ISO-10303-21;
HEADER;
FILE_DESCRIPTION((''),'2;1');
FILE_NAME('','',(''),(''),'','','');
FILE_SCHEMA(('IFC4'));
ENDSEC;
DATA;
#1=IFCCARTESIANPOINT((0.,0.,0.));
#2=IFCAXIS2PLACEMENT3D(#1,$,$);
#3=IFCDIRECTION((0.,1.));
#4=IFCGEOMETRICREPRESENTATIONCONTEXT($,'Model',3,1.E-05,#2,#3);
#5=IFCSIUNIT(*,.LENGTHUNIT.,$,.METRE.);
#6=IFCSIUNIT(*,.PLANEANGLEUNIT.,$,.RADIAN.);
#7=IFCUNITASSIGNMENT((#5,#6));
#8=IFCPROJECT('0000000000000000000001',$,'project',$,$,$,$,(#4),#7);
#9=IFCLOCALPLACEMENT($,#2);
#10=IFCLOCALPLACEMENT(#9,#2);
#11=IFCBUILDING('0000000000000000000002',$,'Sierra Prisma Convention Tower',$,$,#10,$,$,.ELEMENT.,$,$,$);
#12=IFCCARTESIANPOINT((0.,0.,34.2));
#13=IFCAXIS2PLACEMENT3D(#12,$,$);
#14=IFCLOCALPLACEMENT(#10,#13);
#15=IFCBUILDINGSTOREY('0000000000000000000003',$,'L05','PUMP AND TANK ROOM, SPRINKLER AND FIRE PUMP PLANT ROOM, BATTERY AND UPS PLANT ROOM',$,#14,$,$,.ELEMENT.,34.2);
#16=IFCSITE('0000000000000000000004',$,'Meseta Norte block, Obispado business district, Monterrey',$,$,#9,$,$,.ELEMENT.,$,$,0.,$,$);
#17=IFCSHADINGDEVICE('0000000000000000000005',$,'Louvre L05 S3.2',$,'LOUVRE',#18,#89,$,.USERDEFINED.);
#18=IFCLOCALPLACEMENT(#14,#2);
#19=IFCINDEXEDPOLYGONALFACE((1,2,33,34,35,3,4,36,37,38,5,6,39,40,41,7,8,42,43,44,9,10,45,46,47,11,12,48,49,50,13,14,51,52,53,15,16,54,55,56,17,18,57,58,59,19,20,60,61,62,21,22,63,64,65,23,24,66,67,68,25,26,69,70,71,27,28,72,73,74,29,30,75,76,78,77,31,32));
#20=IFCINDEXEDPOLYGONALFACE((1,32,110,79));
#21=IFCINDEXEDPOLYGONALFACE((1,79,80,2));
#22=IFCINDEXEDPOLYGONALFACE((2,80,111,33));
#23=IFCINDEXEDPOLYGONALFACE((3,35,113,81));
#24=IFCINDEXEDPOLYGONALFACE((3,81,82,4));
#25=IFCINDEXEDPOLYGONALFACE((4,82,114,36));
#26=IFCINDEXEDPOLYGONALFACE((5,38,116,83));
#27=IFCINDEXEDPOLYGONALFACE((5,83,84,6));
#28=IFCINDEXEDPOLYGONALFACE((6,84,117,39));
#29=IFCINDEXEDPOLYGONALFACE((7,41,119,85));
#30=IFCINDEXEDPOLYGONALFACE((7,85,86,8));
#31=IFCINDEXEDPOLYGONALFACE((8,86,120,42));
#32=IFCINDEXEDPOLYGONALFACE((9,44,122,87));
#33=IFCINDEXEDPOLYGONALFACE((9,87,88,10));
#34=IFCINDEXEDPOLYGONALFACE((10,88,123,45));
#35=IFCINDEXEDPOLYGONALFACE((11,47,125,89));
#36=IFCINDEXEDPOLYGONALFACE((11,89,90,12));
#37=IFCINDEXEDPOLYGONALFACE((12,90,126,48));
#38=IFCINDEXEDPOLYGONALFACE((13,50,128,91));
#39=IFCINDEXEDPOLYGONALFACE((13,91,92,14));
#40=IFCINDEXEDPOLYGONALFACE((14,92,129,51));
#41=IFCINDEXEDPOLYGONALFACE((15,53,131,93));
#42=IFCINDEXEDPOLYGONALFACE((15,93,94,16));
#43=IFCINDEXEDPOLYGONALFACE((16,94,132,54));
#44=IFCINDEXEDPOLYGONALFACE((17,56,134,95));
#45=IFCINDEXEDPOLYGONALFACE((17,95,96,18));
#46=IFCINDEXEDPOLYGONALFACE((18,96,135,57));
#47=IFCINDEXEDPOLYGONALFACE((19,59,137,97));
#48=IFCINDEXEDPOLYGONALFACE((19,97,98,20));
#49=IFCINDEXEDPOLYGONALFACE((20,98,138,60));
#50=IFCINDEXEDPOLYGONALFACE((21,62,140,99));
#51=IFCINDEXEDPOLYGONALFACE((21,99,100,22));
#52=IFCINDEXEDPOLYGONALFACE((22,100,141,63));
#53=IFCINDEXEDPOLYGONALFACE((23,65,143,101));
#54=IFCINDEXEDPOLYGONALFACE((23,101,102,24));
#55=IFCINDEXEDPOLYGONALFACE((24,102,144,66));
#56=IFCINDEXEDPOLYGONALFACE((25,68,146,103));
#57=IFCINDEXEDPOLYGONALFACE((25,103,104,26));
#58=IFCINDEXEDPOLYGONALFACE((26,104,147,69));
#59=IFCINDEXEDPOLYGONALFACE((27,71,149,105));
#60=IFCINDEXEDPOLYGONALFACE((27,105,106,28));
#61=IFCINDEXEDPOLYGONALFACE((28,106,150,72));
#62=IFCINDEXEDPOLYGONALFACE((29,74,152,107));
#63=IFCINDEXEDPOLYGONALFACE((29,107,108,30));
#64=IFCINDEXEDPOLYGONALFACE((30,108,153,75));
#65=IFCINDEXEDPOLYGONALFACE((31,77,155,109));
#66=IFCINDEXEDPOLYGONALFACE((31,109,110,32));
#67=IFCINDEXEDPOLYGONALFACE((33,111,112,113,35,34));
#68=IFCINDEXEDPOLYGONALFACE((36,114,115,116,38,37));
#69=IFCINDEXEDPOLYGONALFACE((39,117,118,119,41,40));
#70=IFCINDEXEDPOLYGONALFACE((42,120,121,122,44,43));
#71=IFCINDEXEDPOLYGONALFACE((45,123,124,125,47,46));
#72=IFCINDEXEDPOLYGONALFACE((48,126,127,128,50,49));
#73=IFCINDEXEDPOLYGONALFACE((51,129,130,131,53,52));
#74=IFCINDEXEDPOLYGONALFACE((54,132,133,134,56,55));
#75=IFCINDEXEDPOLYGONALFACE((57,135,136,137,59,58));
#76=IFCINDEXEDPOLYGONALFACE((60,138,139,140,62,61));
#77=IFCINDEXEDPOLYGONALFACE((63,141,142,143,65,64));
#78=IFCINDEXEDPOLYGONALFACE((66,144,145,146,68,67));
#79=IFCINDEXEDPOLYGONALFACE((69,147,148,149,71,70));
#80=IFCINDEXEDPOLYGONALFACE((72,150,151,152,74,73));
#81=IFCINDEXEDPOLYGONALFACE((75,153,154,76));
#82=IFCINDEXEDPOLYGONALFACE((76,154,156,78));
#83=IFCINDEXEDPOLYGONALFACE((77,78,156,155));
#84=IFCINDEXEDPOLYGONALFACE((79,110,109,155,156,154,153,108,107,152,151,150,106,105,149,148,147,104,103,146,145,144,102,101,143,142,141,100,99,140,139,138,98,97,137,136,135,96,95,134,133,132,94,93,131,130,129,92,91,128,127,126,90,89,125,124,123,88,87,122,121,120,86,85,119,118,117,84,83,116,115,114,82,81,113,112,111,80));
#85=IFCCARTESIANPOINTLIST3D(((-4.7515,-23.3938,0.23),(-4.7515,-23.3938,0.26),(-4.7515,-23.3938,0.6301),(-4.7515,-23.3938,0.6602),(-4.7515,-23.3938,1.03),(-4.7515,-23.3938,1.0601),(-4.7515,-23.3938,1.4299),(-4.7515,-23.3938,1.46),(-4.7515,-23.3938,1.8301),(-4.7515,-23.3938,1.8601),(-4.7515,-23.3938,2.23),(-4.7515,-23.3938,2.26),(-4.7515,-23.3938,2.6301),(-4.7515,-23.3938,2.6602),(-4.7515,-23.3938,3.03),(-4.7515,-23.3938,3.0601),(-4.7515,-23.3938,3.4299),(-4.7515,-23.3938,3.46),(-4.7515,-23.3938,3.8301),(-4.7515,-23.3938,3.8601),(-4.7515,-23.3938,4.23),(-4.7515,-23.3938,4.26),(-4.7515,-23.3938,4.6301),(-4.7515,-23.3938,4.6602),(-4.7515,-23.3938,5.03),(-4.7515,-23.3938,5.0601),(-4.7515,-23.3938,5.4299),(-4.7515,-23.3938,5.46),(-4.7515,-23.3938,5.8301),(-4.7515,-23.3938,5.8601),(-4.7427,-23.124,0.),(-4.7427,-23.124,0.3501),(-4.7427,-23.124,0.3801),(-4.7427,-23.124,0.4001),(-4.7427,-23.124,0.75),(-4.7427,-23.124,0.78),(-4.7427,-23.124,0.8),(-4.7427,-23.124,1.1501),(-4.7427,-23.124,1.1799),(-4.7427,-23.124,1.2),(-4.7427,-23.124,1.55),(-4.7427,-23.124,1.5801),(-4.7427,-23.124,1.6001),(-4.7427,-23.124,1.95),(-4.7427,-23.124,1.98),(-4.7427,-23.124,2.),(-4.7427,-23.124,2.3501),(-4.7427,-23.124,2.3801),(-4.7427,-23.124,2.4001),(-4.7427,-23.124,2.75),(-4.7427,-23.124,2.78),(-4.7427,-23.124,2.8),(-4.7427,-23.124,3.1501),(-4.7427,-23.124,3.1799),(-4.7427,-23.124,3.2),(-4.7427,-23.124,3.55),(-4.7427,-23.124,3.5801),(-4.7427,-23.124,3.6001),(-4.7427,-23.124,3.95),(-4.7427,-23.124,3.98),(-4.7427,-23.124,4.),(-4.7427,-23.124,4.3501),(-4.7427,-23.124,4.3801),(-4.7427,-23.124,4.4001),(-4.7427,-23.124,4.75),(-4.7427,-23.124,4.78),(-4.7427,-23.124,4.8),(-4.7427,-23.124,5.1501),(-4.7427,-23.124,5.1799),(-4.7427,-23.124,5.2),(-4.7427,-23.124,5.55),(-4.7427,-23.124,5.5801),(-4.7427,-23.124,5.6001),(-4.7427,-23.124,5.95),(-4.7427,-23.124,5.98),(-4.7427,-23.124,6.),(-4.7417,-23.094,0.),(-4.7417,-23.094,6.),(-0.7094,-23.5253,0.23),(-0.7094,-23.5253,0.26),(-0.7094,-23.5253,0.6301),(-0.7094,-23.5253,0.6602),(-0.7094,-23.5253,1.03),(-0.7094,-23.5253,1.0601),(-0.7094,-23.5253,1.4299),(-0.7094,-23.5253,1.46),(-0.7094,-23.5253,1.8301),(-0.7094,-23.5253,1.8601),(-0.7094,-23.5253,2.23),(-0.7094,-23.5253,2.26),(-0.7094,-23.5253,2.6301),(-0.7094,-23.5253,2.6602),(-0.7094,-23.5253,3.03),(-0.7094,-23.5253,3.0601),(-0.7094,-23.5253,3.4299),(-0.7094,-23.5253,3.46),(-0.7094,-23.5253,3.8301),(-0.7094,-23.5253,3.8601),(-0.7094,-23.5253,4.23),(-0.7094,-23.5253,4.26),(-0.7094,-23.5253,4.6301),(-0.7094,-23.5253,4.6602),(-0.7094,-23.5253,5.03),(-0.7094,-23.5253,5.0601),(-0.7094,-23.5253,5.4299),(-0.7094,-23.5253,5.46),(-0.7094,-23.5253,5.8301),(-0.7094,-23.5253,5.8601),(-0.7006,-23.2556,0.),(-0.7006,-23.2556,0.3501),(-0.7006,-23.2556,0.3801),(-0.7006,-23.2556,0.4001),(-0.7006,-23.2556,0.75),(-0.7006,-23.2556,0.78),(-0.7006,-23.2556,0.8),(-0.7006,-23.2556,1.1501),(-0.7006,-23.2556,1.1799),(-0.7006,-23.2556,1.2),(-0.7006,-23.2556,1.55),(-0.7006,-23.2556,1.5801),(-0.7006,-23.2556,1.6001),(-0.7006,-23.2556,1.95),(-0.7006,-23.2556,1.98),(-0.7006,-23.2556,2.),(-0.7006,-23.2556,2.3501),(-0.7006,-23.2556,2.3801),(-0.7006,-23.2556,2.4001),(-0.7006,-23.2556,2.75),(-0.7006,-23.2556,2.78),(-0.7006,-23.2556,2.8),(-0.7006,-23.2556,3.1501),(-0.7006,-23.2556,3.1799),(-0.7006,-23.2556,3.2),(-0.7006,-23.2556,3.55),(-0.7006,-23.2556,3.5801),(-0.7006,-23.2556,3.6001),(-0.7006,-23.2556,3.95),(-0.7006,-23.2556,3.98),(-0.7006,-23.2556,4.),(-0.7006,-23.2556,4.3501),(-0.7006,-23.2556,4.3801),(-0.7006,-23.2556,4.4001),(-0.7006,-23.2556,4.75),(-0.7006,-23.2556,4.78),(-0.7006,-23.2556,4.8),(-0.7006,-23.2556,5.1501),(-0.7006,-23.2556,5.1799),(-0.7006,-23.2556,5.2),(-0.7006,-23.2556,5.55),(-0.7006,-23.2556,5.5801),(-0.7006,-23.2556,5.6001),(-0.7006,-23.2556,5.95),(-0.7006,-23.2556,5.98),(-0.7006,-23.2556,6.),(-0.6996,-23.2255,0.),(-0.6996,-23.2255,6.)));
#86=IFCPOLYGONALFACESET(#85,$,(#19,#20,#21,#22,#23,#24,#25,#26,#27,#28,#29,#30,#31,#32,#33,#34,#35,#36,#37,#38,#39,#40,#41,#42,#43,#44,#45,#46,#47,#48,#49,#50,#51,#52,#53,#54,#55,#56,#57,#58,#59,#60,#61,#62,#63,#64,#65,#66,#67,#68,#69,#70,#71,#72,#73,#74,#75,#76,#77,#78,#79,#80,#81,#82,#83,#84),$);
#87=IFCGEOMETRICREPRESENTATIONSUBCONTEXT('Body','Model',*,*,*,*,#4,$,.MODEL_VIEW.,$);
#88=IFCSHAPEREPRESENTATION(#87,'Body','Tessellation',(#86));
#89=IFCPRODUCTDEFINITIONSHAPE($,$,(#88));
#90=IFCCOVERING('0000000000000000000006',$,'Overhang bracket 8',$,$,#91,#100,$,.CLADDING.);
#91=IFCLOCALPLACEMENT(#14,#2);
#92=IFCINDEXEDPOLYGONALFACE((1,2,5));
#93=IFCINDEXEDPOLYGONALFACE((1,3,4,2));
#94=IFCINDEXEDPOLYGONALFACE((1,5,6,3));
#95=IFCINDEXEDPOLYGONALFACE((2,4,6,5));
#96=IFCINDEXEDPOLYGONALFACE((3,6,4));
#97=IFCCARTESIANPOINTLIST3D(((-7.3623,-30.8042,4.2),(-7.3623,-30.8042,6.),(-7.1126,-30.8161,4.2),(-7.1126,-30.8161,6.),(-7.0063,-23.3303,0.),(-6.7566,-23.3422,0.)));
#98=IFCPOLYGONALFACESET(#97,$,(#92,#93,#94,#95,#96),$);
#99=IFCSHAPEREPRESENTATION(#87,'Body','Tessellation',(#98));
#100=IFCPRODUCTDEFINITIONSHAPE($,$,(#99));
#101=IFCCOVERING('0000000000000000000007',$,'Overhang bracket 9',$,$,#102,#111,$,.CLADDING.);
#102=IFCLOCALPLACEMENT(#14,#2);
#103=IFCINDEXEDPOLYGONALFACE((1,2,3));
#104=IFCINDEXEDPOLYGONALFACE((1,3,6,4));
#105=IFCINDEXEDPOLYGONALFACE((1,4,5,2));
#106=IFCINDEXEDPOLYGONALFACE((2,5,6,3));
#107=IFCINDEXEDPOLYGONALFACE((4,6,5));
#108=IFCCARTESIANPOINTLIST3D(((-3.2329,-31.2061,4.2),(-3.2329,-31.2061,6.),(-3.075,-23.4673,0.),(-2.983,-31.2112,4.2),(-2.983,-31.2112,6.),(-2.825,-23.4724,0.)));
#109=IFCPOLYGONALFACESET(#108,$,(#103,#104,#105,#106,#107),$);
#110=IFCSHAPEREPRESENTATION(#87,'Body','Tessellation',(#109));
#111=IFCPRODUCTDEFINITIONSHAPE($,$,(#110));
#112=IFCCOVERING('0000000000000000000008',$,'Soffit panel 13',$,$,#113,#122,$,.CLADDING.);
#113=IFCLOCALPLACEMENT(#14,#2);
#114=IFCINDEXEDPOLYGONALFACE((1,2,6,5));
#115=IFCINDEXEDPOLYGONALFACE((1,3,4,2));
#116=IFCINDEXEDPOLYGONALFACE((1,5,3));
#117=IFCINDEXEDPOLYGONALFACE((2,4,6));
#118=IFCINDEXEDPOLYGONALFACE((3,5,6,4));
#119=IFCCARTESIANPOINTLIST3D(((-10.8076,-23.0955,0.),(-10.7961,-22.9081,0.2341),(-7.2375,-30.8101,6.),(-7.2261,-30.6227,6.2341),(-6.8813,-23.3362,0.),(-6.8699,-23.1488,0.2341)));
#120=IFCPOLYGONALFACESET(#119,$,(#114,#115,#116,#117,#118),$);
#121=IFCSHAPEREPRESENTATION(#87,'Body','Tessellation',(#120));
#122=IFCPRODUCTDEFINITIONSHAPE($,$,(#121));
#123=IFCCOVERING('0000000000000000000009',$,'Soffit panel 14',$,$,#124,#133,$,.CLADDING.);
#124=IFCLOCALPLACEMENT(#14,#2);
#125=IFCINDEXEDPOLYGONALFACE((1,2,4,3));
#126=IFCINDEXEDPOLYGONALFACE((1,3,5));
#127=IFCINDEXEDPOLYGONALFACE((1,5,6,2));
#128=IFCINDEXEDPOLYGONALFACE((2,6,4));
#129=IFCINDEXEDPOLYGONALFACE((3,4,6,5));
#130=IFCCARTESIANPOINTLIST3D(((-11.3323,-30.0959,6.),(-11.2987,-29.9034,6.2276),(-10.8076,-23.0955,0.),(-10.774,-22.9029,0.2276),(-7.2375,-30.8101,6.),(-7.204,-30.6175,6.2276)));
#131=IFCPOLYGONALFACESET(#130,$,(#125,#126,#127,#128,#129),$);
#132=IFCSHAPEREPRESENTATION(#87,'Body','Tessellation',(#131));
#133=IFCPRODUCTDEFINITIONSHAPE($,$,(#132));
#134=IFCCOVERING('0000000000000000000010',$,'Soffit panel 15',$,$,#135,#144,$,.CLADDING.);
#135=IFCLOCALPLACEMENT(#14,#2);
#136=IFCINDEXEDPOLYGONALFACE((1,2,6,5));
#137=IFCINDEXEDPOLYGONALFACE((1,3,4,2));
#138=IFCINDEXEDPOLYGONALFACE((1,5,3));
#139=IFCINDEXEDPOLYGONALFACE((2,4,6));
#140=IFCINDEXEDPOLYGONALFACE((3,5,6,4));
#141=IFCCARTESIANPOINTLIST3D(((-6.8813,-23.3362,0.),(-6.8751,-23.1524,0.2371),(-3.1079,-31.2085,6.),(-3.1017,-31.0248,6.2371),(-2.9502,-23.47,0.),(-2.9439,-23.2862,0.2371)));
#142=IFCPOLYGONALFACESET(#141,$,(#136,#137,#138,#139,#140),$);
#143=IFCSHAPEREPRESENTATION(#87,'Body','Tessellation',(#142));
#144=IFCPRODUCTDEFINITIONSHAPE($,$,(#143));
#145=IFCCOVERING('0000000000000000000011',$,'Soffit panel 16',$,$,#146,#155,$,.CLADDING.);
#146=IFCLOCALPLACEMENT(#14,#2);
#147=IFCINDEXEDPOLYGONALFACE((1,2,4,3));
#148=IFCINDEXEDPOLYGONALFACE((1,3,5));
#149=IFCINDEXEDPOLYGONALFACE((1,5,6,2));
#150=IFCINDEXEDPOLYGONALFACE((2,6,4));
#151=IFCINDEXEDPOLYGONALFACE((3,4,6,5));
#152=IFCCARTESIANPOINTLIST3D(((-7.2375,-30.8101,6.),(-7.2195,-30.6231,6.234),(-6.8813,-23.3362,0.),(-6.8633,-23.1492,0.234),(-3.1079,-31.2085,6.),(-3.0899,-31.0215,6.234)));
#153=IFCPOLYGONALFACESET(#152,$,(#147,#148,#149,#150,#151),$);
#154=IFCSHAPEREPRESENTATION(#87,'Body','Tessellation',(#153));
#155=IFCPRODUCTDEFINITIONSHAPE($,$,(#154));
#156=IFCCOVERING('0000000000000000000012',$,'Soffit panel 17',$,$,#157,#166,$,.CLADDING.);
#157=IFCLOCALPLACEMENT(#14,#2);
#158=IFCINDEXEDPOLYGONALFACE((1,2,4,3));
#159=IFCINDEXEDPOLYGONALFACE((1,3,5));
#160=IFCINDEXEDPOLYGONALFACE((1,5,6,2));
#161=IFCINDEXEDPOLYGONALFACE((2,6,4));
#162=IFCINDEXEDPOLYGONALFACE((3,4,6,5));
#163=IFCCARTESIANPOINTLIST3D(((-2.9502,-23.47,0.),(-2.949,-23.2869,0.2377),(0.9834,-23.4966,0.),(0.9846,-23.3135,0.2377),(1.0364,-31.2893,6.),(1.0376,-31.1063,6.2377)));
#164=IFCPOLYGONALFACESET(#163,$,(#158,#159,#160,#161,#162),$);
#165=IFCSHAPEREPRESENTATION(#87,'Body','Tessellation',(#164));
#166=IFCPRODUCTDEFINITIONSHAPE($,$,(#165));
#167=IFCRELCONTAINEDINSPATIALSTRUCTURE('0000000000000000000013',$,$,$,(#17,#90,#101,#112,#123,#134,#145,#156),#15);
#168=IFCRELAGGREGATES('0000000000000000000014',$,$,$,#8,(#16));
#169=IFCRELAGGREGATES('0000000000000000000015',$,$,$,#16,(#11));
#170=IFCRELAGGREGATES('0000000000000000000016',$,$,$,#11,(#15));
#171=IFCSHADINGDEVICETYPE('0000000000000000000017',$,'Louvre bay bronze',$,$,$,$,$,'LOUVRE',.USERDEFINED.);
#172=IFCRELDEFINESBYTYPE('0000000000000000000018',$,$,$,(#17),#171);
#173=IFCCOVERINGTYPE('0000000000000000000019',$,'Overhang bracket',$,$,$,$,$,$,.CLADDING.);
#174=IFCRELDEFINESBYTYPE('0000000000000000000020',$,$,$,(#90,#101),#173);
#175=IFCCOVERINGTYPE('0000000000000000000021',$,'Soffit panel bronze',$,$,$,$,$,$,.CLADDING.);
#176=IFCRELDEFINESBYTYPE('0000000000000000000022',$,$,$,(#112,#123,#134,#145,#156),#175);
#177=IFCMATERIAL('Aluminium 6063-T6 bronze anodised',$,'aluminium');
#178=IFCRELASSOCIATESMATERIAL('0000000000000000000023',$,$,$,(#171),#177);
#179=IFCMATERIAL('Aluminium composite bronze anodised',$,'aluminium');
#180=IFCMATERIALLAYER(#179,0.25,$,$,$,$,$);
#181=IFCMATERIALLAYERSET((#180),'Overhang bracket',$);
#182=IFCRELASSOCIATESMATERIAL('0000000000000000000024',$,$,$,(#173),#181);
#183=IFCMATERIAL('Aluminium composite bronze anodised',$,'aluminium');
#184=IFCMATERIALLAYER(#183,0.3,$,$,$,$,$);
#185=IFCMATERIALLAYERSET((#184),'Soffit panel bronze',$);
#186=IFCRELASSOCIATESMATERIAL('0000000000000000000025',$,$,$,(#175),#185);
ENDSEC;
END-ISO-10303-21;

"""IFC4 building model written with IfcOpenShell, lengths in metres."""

from ifc_helpers import new_model, si_unit, direction, frame, origin, place, context, subcontext, project, spatial, polyline, outline, extrude, material, layer, layer_set, type_object, element, save


model = new_model("IFC4")

# Units and contexts
model_context = context("Model", 3, precision=1e-05, world=origin(), true_north=direction((0.0, 1.0)))
body_context = subcontext(model_context, "Body", "Model", "MODEL_VIEW")
ifc_project = project(units=[si_unit("LENGTHUNIT", "METRE"), si_unit("PLANEANGLEUNIT", "RADIAN")], contexts=[model_context])

# Site, building, storey
site_placement = place(None, origin())
site = spatial("IfcSite", under=ifc_project, at=site_placement, Name="Meseta Norte block, Obispado business district, Monterrey", CompositionType="ELEMENT", RefElevation=0.0)
building_placement = place(site_placement, origin())
building = spatial("IfcBuilding", under=site, at=building_placement, Name="Sierra Prisma Convention Tower", CompositionType="ELEMENT")
storey_placement = place(building_placement, frame((0.0, 0.0, 34.2)))
storey = spatial("IfcBuildingStorey", under=building, at=storey_placement, Name="L05", Description="PUMP AND TANK ROOM, SPRINKLER AND FIRE PUMP PLANT ROOM, BATTERY AND UPS PLANT ROOM", CompositionType="ELEMENT", Elevation=34.2)

# Shading device
ifc_material_1 = material(Name="Aluminium 6063-T6 bronze anodised", Category="aluminium")
shading_device_type = type_object("IfcShadingDeviceType", Name="Louvre bay bronze", ElementType="LOUVRE", PredefinedType="USERDEFINED", material=ifc_material_1)
shading_device_1_placement = place(storey_placement, frame((-4.7417, -23.094, 0.0), z_axis=(-0.999471, 0.032527, 0.0), x_axis=(0.0, 0.0, 1.0)))
element("IfcShadingDevice", 1, at=shading_device_1_placement, inside=storey, type_object=shading_device_type, Name="Louvre L05 S3.2", ObjectType="LOUVRE", PredefinedType="USERDEFINED", context=body_context, shape_type="SweptSolid", body=[
    extrude(outline(polyline([(0.0, 0.0), (6.0, 0.0), (6.0, -0.03), (5.98, -0.03), (5.8601, -0.3), (5.8301, -0.3), (5.95, -0.03), (5.6001, -0.03), (5.5801, -0.03), (5.46, -0.3), (5.4299, -0.3), (5.55, -0.03), (5.2, -0.03), (5.1799, -0.03), (5.0601, -0.3), (5.03, -0.3), (5.1501, -0.03), (4.8, -0.03), (4.78, -0.03), (4.6602, -0.3), (4.6301, -0.3), (4.75, -0.03), (4.4001, -0.03), (4.3801, -0.03), (4.26, -0.3), (4.23, -0.3), (4.3501, -0.03), (4.0, -0.03), (3.98, -0.03), (3.8601, -0.3), (3.8301, -0.3), (3.95, -0.03), (3.6001, -0.03), (3.5801, -0.03), (3.46, -0.3), (3.4299, -0.3), (3.55, -0.03), (3.2, -0.03), (3.1799, -0.03), (3.0601, -0.3), (3.03, -0.3), (3.1501, -0.03), (2.8, -0.03), (2.78, -0.03), (2.6602, -0.3), (2.6301, -0.3), (2.75, -0.03), (2.4001, -0.03), (2.3801, -0.03), (2.26, -0.3), (2.23, -0.3), (2.3501, -0.03), (2.0, -0.03), (1.98, -0.03), (1.8601, -0.3), (1.8301, -0.3), (1.95, -0.03), (1.6001, -0.03), (1.5801, -0.03), (1.46, -0.3), (1.4299, -0.3), (1.55, -0.03), (1.2, -0.03), (1.1799, -0.03), (1.0601, -0.3), (1.03, -0.3), (1.1501, -0.03), (0.8, -0.03), (0.78, -0.03), (0.6602, -0.3), (0.6301, -0.3), (0.75, -0.03), (0.4001, -0.03), (0.3801, -0.03), (0.26, -0.3), (0.23, -0.3), (0.3501, -0.03), (0.0, -0.03), (0.0, 0.0)])), origin(), (0.0, 0.0, -1.0), 4.0442),
])

# Coverings
ifc_material_2 = material(Name="Aluminium composite bronze anodised", Category="aluminium")
ifc_layer_1 = layer(ifc_material_2, 0.25)
ifc_layer_set_1 = layer_set([ifc_layer_1], Name="Overhang bracket")
covering_type_1 = type_object("IfcCoveringType", Name="Overhang bracket", PredefinedType="CLADDING", material=ifc_layer_set_1)
covering_1_placement = place(storey_placement, frame((-7.0063, -23.3303, 0.0), z_axis=(-0.998868, 0.047573, 0.0), x_axis=(-0.037114, -0.779267, 0.625592)))
element("IfcCovering", 2, at=covering_1_placement, inside=storey, type_object=covering_type_1, Name="Overhang bracket 8", PredefinedType="CLADDING", context=body_context, shape_type="SweptSolid", body=[
    extrude(outline(polyline([(0.0, 0.0), (9.5909, 0.0), (8.4648, -1.4043), (0.0, 0.0)])), origin(), (0.0, 0.0, -1.0), 0.25),
])
covering_2_placement = place(storey_placement, frame((-3.075, -23.4673, 0.0), z_axis=(-0.999792, 0.020407, 0.0), x_axis=(-0.016129, -0.790191, 0.612648)))
element("IfcCovering", 3, at=covering_2_placement, inside=storey, type_object=covering_type_1, Name="Overhang bracket 9", PredefinedType="CLADDING", context=body_context, shape_type="SweptSolid", body=[
    extrude(outline(polyline([(0.0, 0.0), (9.7935, 0.0), (8.6907, -1.4227), (0.0, 0.0)])), origin(), (0.0, 0.0, -1.0), 0.25),
])
ifc_material_3 = material(Name="Aluminium composite bronze anodised", Category="aluminium")
ifc_layer_2 = layer(ifc_material_3, 0.3)
ifc_layer_set_2 = layer_set([ifc_layer_2], Name="Soffit panel bronze")
covering_type_2 = type_object("IfcCoveringType", Name="Soffit panel bronze", PredefinedType="CLADDING", material=ifc_layer_set_2)
covering_3_placement = place(storey_placement, frame((-10.8076, -23.0955, 0.0), z_axis=(-0.038286, -0.624455, -0.780122), x_axis=(0.998126, -0.061196, 0.0)))
element("IfcCovering", 4, at=covering_3_placement, inside=storey, type_object=covering_type_2, Name="Soffit panel 13", PredefinedType="CLADDING", context=body_context, shape_type="SweptSolid", body=[
    extrude(outline(polyline([(0.0, 0.0), (3.9336, 0.0), (4.0355, 9.5904), (0.0, 0.0)])), origin(), (0.0, 0.0, -1.0), 0.3),
])
covering_4_placement = place(storey_placement, frame((-10.8076, -23.0955, 0.0), z_axis=(-0.111933, -0.641826, -0.758637), x_axis=(0.343117, -0.741444, 0.576655)))
element("IfcCovering", 5, at=covering_4_placement, inside=storey, type_object=covering_type_2, Name="Soffit panel 14", PredefinedType="CLADDING", context=body_context, shape_type="SweptSolid", body=[
    extrude(outline(polyline([(0.0, 0.0), (10.4048, 0.0), (8.4704, 3.679), (0.0, 0.0)])), origin(), (0.0, 0.0, -1.0), 0.3),
])
covering_5_placement = place(storey_placement, frame((-6.8813, -23.3362, 0.0), z_axis=(-0.02084, -0.612342, -0.790318), x_axis=(0.999421, -0.034013, 0.0)))
element("IfcCovering", 6, at=covering_5_placement, inside=storey, type_object=covering_type_2, Name="Soffit panel 15", PredefinedType="CLADDING", context=body_context, shape_type="SweptSolid", body=[
    extrude(outline(polyline([(0.0, 0.0), (3.9334, 0.0), (4.039, 9.7928), (0.0, 0.0)])), origin(), (0.0, 0.0, -1.0), 0.3),
])
covering_6_placement = place(storey_placement, frame((-6.8813, -23.3362, 0.0), z_axis=(-0.060123, -0.623147, -0.77979), x_axis=(0.356219, -0.74316, 0.56641)))
element("IfcCovering", 7, at=covering_6_placement, inside=storey, type_object=covering_type_2, Name="Soffit panel 16", PredefinedType="CLADDING", context=body_context, shape_type="SweptSolid", body=[
    extrude(outline(polyline([(0.0, 0.0), (10.593, 0.0), (8.8259, 3.7536), (0.0, 0.0)])), origin(), (0.0, 0.0, -1.0), 0.3),
])
covering_7_placement = place(storey_placement, frame((-2.9502, -23.47, 0.0), z_axis=(-0.004127, -0.610081, -0.792329), x_axis=(0.999977, -0.006765, 0.0)))
element("IfcCovering", 8, at=covering_7_placement, inside=storey, type_object=covering_type_2, Name="Soffit panel 17", PredefinedType="CLADDING", context=body_context, shape_type="SweptSolid", body=[
    extrude(outline(polyline([(0.0, 0.0), (3.9337, 0.0), (4.0394, 9.8345), (0.0, 0.0)])), origin(), (0.0, 0.0, -1.0), 0.3),
])

save(model, "model.ifc")
